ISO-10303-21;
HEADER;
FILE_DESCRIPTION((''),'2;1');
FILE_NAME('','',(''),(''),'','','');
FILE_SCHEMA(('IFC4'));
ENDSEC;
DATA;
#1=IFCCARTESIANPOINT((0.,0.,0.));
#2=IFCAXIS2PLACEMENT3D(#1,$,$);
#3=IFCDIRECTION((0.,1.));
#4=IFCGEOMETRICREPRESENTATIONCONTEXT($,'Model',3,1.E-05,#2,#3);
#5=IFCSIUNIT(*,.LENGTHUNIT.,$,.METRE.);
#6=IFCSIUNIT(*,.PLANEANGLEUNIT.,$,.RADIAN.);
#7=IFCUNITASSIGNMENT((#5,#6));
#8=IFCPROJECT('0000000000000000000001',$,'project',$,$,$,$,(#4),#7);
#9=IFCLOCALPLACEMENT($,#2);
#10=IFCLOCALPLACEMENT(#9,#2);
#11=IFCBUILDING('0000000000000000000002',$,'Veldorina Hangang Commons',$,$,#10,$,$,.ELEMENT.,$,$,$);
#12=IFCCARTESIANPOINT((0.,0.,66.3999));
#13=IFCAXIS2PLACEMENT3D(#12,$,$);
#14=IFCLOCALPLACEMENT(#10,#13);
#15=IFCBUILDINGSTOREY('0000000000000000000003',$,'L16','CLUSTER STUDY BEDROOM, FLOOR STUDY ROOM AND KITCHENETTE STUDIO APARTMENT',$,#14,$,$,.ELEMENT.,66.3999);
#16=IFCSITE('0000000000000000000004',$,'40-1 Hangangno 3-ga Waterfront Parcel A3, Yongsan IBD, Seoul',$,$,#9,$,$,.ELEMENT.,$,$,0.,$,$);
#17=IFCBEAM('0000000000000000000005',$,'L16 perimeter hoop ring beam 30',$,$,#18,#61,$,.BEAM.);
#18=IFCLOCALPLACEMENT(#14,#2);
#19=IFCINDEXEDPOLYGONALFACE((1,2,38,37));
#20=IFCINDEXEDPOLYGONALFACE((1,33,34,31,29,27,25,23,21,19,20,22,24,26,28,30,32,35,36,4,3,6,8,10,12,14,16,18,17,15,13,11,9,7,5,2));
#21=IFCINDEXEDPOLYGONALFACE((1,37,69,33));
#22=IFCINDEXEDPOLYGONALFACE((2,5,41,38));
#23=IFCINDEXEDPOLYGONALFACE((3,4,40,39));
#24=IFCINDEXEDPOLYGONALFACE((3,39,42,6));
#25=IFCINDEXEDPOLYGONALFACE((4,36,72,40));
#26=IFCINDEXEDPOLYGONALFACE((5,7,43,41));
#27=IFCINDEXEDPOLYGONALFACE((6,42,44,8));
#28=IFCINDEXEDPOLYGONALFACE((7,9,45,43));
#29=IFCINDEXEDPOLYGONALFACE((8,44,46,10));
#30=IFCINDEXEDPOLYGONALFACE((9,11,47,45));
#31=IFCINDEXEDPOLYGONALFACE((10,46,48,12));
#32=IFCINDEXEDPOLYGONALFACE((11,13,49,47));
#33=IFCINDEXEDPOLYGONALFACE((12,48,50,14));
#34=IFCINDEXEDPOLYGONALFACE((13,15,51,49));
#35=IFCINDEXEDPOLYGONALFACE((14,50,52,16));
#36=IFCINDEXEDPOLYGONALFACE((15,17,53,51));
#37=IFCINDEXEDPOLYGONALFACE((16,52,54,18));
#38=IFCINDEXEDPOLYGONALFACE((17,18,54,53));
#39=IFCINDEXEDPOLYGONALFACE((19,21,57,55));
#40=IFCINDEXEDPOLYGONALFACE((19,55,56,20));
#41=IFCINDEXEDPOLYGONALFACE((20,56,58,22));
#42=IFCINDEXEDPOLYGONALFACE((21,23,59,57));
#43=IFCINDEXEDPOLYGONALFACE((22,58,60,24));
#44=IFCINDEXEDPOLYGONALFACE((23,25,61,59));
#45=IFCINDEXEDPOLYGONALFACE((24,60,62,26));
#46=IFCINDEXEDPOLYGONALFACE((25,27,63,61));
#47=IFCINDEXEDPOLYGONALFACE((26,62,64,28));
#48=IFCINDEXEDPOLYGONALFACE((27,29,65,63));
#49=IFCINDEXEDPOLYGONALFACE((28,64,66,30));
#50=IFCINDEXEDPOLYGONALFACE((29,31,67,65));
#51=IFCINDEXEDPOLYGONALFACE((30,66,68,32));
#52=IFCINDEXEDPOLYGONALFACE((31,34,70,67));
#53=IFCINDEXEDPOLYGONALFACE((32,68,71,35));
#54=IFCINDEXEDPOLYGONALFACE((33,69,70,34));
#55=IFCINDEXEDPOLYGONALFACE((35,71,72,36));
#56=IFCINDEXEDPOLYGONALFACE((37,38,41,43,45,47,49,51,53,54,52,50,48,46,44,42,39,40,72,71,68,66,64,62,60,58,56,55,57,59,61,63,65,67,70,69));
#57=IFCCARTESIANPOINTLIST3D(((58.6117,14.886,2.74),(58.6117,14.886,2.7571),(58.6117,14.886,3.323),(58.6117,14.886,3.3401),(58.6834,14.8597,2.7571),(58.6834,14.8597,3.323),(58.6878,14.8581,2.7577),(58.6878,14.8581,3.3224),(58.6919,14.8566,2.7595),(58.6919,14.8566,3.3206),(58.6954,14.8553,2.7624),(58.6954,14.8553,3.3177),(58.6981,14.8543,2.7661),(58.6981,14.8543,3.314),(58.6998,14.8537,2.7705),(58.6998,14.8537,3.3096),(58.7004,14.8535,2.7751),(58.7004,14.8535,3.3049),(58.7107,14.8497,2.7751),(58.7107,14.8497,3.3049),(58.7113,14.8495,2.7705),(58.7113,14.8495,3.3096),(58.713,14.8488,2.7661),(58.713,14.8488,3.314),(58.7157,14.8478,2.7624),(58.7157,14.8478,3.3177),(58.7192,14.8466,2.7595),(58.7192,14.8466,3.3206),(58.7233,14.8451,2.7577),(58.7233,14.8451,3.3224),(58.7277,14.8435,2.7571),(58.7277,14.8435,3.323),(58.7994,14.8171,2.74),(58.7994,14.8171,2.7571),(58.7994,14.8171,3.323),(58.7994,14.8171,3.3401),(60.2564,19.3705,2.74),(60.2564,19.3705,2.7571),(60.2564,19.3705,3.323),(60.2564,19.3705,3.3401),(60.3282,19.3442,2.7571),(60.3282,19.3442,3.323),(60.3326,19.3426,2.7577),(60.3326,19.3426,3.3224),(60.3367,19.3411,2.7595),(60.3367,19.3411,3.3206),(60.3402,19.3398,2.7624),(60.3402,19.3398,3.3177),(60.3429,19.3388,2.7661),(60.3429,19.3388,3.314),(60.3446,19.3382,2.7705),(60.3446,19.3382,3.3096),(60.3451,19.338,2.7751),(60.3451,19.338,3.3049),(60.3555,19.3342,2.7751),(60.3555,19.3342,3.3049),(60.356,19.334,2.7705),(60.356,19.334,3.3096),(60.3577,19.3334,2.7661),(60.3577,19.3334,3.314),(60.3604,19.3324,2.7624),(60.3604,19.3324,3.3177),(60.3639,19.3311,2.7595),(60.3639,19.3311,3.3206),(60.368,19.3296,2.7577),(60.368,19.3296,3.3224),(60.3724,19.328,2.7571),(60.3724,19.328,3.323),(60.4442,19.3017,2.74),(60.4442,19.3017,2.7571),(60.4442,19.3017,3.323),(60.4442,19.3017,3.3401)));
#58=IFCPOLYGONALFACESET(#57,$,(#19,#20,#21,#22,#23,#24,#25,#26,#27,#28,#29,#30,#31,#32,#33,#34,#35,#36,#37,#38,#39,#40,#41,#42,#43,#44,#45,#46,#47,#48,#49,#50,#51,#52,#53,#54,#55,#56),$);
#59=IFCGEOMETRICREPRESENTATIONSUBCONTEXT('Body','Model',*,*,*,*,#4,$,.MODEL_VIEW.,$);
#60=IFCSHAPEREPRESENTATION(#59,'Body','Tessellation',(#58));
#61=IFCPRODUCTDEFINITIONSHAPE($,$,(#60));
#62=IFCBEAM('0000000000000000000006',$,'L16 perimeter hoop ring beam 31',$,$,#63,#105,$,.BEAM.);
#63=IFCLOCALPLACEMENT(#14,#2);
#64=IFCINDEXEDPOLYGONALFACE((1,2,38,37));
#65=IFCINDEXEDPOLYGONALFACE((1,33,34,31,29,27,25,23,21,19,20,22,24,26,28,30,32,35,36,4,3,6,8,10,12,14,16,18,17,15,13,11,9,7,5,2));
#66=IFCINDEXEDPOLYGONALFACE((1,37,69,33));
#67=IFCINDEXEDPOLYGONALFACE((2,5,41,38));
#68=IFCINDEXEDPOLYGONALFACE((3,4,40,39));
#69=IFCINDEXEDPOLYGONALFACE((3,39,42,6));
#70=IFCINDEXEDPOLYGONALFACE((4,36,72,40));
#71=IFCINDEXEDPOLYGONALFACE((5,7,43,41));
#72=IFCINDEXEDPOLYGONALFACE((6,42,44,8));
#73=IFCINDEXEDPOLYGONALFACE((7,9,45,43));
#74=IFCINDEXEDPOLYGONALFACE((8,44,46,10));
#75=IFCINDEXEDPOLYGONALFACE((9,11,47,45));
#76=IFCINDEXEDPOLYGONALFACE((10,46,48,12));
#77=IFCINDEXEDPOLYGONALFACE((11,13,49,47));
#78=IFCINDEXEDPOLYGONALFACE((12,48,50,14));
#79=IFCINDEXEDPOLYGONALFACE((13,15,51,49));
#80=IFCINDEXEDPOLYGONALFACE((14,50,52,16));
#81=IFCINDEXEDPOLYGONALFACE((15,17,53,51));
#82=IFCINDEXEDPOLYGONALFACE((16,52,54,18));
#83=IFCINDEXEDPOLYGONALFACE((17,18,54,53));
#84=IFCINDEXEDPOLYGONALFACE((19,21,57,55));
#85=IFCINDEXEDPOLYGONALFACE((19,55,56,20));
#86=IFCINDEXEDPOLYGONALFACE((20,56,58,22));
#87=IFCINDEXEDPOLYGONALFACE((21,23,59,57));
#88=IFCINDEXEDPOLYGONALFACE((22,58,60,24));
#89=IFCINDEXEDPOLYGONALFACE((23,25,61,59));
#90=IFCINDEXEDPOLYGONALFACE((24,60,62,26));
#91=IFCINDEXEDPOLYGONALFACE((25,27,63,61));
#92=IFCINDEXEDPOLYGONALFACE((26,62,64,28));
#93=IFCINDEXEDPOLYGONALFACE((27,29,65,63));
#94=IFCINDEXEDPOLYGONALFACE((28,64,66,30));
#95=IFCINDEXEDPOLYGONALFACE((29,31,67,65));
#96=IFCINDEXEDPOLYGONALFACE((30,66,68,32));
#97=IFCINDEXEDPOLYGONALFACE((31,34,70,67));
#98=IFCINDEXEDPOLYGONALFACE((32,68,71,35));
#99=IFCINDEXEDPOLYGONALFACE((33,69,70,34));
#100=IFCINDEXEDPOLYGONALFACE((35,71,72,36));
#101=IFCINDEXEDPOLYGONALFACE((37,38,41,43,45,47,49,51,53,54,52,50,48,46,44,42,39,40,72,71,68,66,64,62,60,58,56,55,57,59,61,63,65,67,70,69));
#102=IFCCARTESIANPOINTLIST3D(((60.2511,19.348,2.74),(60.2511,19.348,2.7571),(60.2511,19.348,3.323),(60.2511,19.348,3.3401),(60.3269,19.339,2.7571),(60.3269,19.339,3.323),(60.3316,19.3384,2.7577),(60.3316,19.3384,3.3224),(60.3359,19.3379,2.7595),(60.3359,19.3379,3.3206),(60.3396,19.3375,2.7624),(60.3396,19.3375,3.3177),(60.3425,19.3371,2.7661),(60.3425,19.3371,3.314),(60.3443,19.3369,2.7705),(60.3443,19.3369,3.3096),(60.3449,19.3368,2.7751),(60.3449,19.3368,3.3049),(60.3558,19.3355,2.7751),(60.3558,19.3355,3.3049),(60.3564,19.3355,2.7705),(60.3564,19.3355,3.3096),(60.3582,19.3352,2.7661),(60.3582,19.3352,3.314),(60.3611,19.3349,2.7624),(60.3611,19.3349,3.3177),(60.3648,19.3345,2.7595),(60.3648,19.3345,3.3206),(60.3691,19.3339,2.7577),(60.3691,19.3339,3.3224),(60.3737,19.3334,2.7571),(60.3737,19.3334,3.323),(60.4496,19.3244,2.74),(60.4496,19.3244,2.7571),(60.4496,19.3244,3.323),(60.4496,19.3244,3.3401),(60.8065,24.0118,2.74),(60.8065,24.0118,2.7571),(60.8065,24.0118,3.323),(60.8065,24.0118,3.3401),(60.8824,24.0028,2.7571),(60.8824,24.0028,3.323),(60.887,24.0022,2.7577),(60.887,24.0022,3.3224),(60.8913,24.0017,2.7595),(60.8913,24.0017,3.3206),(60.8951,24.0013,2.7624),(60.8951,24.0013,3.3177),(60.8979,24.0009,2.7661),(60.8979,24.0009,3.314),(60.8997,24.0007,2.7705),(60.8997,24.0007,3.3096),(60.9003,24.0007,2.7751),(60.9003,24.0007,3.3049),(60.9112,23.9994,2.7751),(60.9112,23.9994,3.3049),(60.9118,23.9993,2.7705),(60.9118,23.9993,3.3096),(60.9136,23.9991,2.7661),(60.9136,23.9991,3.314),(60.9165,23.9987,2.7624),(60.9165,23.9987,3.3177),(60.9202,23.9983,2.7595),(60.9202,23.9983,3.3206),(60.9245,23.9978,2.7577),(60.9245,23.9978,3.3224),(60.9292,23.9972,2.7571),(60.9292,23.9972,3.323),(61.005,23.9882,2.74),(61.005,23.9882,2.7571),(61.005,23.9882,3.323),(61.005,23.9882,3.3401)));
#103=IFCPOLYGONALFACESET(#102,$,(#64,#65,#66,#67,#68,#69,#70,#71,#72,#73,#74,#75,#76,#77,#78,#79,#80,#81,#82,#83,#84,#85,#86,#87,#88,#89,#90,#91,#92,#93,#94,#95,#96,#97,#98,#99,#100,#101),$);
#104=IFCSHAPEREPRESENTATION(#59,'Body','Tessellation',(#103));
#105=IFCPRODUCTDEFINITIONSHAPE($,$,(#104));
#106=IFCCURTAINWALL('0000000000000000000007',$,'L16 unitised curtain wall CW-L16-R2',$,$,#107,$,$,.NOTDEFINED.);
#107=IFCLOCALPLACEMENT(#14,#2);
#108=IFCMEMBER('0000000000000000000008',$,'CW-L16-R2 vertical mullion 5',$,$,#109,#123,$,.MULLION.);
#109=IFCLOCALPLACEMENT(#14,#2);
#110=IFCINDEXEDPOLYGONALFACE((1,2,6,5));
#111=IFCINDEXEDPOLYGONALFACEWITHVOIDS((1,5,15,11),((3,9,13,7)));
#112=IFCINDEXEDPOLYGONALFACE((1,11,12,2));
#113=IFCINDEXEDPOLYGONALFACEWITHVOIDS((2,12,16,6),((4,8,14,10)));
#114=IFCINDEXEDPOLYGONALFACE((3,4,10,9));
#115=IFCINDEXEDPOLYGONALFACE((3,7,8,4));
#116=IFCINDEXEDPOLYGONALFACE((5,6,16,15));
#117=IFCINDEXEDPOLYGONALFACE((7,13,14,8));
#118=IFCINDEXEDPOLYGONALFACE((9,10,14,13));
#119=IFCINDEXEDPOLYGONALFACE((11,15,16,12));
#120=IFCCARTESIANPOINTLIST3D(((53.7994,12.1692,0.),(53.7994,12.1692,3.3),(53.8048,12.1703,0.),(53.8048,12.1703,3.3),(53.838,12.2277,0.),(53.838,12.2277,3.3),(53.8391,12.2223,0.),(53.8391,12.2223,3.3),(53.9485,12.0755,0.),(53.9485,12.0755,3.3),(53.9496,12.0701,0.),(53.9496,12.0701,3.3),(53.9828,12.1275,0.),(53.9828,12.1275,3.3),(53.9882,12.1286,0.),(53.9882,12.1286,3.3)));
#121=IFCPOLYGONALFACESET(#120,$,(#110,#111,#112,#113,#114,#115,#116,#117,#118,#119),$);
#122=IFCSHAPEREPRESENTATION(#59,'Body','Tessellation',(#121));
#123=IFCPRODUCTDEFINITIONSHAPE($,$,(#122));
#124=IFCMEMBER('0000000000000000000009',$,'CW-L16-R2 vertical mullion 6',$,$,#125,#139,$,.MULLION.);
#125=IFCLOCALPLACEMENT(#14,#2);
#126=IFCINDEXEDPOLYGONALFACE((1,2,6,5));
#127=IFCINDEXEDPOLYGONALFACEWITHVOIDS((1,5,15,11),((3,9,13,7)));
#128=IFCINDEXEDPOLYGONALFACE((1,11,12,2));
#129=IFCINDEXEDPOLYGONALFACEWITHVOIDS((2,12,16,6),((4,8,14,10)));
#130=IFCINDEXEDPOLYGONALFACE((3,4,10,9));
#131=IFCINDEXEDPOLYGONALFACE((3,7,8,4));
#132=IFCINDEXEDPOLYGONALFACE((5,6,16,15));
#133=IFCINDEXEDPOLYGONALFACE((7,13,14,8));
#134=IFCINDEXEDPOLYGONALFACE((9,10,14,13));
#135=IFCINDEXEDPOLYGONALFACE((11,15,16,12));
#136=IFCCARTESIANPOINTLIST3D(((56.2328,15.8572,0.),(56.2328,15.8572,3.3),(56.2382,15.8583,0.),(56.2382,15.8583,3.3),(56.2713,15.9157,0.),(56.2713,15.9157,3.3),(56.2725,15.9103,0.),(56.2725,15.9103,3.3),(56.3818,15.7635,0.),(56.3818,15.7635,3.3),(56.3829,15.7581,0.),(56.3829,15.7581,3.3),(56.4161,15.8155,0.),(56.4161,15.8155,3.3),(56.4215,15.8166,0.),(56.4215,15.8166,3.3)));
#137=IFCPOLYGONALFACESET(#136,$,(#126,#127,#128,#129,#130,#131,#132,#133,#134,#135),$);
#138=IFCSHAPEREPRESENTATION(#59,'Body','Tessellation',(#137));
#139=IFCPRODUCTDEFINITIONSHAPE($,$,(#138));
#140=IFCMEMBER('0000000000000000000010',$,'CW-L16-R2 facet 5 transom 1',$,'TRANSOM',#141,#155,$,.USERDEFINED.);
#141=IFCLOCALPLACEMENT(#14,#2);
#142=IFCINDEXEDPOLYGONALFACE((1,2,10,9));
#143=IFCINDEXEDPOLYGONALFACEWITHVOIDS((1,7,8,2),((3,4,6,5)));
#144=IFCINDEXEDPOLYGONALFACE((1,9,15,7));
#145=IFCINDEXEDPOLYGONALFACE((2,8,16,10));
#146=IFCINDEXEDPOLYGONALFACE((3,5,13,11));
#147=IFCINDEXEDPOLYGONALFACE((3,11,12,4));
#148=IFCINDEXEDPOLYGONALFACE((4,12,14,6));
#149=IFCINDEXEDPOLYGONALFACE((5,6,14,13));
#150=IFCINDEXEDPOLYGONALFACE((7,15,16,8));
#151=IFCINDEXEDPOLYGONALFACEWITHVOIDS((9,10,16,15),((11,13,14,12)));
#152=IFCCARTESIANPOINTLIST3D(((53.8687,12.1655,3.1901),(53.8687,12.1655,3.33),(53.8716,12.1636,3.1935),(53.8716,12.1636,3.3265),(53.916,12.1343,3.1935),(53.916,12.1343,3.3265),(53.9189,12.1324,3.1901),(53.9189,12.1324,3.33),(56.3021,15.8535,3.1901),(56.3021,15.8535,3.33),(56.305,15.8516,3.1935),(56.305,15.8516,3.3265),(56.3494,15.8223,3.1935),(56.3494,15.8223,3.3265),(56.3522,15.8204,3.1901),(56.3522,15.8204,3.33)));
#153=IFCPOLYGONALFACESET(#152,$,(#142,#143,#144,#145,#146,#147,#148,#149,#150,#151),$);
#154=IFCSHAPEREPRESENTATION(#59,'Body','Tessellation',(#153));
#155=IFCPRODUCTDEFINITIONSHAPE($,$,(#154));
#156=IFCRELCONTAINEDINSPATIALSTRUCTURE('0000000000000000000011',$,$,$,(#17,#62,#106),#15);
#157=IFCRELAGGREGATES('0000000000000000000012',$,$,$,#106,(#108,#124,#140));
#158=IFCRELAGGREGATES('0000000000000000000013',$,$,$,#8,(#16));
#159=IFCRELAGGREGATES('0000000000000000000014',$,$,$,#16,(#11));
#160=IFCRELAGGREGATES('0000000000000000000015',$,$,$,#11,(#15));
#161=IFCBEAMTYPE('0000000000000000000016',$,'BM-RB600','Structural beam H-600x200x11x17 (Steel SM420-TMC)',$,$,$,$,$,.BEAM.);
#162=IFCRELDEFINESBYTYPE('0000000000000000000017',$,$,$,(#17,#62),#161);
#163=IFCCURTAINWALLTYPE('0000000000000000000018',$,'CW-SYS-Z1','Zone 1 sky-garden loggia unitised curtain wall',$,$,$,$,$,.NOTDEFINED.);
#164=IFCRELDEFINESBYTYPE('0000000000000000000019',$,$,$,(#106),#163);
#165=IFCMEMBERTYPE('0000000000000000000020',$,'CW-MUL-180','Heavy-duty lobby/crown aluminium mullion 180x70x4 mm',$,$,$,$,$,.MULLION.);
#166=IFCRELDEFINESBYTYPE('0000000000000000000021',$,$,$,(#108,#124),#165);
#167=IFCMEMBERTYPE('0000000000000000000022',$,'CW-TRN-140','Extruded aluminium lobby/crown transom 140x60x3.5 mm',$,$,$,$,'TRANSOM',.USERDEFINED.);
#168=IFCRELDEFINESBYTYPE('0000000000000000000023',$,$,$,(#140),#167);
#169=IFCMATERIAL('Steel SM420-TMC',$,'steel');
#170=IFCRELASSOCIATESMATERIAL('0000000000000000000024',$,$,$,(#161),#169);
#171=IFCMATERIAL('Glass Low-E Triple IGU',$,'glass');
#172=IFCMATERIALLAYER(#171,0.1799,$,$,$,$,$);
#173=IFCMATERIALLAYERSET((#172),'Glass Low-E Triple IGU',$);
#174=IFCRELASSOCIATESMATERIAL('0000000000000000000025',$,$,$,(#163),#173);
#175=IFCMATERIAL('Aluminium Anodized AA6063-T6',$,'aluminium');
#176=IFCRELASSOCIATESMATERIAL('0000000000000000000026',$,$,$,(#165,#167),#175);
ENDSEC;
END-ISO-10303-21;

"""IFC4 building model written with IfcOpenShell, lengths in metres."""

from ifc_helpers import new_model, si_unit, direction, frame, origin, origin_2d, place, context, subcontext, project, spatial, hollow_rectangle, i_section, extrude, material, layer, layer_set, material_profile, profile_set, type_object, element, aggregate, save


model = new_model("IFC4")

# Units and contexts
model_context = context("Model", 3, precision=1e-05, world=origin(), true_north=direction((0.0, 1.0)))
body_context = subcontext(model_context, "Body", "Model", "MODEL_VIEW")
ifc_project = project(units=[si_unit("LENGTHUNIT", "METRE"), si_unit("PLANEANGLEUNIT", "RADIAN")], contexts=[model_context])

# Site, building, storey
site_placement = place(None, origin())
site = spatial("IfcSite", under=ifc_project, at=site_placement, Name="40-1 Hangangno 3-ga Waterfront Parcel A3, Yongsan IBD, Seoul", CompositionType="ELEMENT", RefElevation=0.0)
building_placement = place(site_placement, origin())
building = spatial("IfcBuilding", under=site, at=building_placement, Name="Veldorina Hangang Commons", CompositionType="ELEMENT")
storey_placement = place(building_placement, frame((0.0, 0.0, 66.3999)))
storey = spatial("IfcBuildingStorey", under=building, at=storey_placement, Name="L16", Description="CLUSTER STUDY BEDROOM, FLOOR STUDY ROOM AND KITCHENETTE STUDIO APARTMENT", CompositionType="ELEMENT", Elevation=66.3999)

# Beams
ifc_material_1 = material(Name="Steel SM420-TMC", Category="steel")
ifc_material_profile_1 = material_profile(ifc_material_1, i_section(OverallWidth=0.2, OverallDepth=0.6001, WebThickness=0.011, FlangeThickness=0.0171, FilletRadius=0.0181, at=origin_2d()), Name="H-600x200x11x17")
ifc_profile_set_1 = profile_set([ifc_material_profile_1], Name="Steel SM420-TMC")
beam_type = type_object("IfcBeamType", Name="BM-RB600", Description="Structural beam H-600x200x11x17 (Steel SM420-TMC)", PredefinedType="BEAM", material=ifc_profile_set_1)
beam_1_placement = place(storey_placement, frame((58.7056, 14.8516, 3.04), z_axis=(0.344331, 0.938848, 0.0), x_axis=(-0.938848, 0.344331, 0.0)))
element("IfcBeam", 1, at=beam_1_placement, inside=storey, type_object=beam_type, Name="L16 perimeter hoop ring beam 30", PredefinedType="BEAM", context=body_context, shape_type="SweptSolid", body=[
    extrude(i_section(OverallWidth=0.2, OverallDepth=0.6001, WebThickness=0.011, FlangeThickness=0.0171, FilletRadius=0.0181, at=origin_2d()), origin(), (0.0, 0.0, 1.0), 4.7766),
])
beam_2_placement = place(storey_placement, frame((60.3503, 19.3362, 3.04), z_axis=(0.118256, 0.992983, 0.0), x_axis=(-0.992983, 0.118256, 0.0)))
element("IfcBeam", 2, at=beam_2_placement, inside=storey, type_object=beam_type, Name="L16 perimeter hoop ring beam 31", PredefinedType="BEAM", context=body_context, shape_type="SweptSolid", body=[
    extrude(i_section(OverallWidth=0.2, OverallDepth=0.6001, WebThickness=0.011, FlangeThickness=0.0171, FilletRadius=0.0181, at=origin_2d()), origin(), (0.0, 0.0, 1.0), 4.6968),
])

# Curtain wall, members
ifc_material_2 = material(Name="Glass Low-E Triple IGU", Category="glass")
ifc_layer_1 = layer(ifc_material_2, 0.1799)
ifc_layer_set_1 = layer_set([ifc_layer_1], Name="Glass Low-E Triple IGU")
curtain_wall_type = type_object("IfcCurtainWallType", Name="CW-SYS-Z1", Description="Zone 1 sky-garden loggia unitised curtain wall", PredefinedType="NOTDEFINED", material=ifc_layer_set_1)
curtain_wall_placement = place(storey_placement, origin())
curtain_wall = element("IfcCurtainWall", 3, at=curtain_wall_placement, inside=storey, type_object=curtain_wall_type, Name="L16 unitised curtain wall CW-L16-R2", PredefinedType="NOTDEFINED")
ifc_material_3 = material(Name="Aluminium Anodized AA6063-T6", Category="aluminium")
ifc_material_profile_2 = material_profile(ifc_material_3, hollow_rectangle(XDim=0.0701, YDim=0.1799, WallThickness=0.0039, at=origin_2d()), Name="ALU-RHS-180x70x4")
ifc_profile_set_2 = profile_set([ifc_material_profile_2], Name="Aluminium Anodized AA6063-T6")
member_type_1 = type_object("IfcMemberType", Name="CW-MUL-180", Description="Heavy-duty lobby/crown aluminium mullion 180x70x4 mm", PredefinedType="MULLION", material=ifc_profile_set_2)
member_1_placement = place(storey_placement, frame((53.8938, 12.1489, 0.0), z_axis=(0.0, 0.0, 1.0), x_axis=(0.550728, 0.834684, 0.0)))
member_1 = element("IfcMember", 4, at=member_1_placement, type_object=member_type_1, Name="CW-L16-R2 vertical mullion 5", PredefinedType="MULLION", context=body_context, shape_type="SweptSolid", body=[
    extrude(hollow_rectangle(XDim=0.0701, YDim=0.1799, WallThickness=0.0039, at=origin_2d()), origin(), (0.0, 0.0, 1.0), 3.3),
])
member_2_placement = place(storey_placement, frame((56.3271, 15.8369, 0.0), z_axis=(0.0, 0.0, 1.0), x_axis=(-0.550728, -0.834684, 0.0)))
member_2 = element("IfcMember", 5, at=member_2_placement, type_object=member_type_1, Name="CW-L16-R2 vertical mullion 6", PredefinedType="MULLION", context=body_context, shape_type="SweptSolid", body=[
    extrude(hollow_rectangle(XDim=0.0701, YDim=0.1799, WallThickness=0.0039, at=origin_2d()), origin(), (0.0, 0.0, 1.0), 3.3),
])
ifc_material_profile_3 = material_profile(ifc_material_3, hollow_rectangle(XDim=0.0601, YDim=0.1399, WallThickness=0.0034, at=origin_2d()), Name="ALU-RHS-140x60x3.5")
ifc_profile_set_3 = profile_set([ifc_material_profile_3], Name="Aluminium Anodized AA6063-T6")
member_type_2 = type_object("IfcMemberType", Name="CW-TRN-140", Description="Extruded aluminium lobby/crown transom 140x60x3.5 mm", ElementType="TRANSOM", PredefinedType="USERDEFINED", material=ifc_profile_set_3)
member_3_placement = place(storey_placement, frame((53.8938, 12.1489, 3.26), z_axis=(0.550728, 0.834685, 0.0), x_axis=(-0.834685, 0.550728, 0.0)))
member_3 = element("IfcMember", 6, at=member_3_placement, type_object=member_type_2, Name="CW-L16-R2 facet 5 transom 1", ObjectType="TRANSOM", PredefinedType="USERDEFINED", context=body_context, shape_type="SweptSolid", body=[
    extrude(hollow_rectangle(XDim=0.0601, YDim=0.1399, WallThickness=0.0034, at=origin_2d()), origin(), (0.0, 0.0, 1.0), 4.4185),
])

aggregate(curtain_wall, [member_1, member_2, member_3])

save(model, "model.ifc")
